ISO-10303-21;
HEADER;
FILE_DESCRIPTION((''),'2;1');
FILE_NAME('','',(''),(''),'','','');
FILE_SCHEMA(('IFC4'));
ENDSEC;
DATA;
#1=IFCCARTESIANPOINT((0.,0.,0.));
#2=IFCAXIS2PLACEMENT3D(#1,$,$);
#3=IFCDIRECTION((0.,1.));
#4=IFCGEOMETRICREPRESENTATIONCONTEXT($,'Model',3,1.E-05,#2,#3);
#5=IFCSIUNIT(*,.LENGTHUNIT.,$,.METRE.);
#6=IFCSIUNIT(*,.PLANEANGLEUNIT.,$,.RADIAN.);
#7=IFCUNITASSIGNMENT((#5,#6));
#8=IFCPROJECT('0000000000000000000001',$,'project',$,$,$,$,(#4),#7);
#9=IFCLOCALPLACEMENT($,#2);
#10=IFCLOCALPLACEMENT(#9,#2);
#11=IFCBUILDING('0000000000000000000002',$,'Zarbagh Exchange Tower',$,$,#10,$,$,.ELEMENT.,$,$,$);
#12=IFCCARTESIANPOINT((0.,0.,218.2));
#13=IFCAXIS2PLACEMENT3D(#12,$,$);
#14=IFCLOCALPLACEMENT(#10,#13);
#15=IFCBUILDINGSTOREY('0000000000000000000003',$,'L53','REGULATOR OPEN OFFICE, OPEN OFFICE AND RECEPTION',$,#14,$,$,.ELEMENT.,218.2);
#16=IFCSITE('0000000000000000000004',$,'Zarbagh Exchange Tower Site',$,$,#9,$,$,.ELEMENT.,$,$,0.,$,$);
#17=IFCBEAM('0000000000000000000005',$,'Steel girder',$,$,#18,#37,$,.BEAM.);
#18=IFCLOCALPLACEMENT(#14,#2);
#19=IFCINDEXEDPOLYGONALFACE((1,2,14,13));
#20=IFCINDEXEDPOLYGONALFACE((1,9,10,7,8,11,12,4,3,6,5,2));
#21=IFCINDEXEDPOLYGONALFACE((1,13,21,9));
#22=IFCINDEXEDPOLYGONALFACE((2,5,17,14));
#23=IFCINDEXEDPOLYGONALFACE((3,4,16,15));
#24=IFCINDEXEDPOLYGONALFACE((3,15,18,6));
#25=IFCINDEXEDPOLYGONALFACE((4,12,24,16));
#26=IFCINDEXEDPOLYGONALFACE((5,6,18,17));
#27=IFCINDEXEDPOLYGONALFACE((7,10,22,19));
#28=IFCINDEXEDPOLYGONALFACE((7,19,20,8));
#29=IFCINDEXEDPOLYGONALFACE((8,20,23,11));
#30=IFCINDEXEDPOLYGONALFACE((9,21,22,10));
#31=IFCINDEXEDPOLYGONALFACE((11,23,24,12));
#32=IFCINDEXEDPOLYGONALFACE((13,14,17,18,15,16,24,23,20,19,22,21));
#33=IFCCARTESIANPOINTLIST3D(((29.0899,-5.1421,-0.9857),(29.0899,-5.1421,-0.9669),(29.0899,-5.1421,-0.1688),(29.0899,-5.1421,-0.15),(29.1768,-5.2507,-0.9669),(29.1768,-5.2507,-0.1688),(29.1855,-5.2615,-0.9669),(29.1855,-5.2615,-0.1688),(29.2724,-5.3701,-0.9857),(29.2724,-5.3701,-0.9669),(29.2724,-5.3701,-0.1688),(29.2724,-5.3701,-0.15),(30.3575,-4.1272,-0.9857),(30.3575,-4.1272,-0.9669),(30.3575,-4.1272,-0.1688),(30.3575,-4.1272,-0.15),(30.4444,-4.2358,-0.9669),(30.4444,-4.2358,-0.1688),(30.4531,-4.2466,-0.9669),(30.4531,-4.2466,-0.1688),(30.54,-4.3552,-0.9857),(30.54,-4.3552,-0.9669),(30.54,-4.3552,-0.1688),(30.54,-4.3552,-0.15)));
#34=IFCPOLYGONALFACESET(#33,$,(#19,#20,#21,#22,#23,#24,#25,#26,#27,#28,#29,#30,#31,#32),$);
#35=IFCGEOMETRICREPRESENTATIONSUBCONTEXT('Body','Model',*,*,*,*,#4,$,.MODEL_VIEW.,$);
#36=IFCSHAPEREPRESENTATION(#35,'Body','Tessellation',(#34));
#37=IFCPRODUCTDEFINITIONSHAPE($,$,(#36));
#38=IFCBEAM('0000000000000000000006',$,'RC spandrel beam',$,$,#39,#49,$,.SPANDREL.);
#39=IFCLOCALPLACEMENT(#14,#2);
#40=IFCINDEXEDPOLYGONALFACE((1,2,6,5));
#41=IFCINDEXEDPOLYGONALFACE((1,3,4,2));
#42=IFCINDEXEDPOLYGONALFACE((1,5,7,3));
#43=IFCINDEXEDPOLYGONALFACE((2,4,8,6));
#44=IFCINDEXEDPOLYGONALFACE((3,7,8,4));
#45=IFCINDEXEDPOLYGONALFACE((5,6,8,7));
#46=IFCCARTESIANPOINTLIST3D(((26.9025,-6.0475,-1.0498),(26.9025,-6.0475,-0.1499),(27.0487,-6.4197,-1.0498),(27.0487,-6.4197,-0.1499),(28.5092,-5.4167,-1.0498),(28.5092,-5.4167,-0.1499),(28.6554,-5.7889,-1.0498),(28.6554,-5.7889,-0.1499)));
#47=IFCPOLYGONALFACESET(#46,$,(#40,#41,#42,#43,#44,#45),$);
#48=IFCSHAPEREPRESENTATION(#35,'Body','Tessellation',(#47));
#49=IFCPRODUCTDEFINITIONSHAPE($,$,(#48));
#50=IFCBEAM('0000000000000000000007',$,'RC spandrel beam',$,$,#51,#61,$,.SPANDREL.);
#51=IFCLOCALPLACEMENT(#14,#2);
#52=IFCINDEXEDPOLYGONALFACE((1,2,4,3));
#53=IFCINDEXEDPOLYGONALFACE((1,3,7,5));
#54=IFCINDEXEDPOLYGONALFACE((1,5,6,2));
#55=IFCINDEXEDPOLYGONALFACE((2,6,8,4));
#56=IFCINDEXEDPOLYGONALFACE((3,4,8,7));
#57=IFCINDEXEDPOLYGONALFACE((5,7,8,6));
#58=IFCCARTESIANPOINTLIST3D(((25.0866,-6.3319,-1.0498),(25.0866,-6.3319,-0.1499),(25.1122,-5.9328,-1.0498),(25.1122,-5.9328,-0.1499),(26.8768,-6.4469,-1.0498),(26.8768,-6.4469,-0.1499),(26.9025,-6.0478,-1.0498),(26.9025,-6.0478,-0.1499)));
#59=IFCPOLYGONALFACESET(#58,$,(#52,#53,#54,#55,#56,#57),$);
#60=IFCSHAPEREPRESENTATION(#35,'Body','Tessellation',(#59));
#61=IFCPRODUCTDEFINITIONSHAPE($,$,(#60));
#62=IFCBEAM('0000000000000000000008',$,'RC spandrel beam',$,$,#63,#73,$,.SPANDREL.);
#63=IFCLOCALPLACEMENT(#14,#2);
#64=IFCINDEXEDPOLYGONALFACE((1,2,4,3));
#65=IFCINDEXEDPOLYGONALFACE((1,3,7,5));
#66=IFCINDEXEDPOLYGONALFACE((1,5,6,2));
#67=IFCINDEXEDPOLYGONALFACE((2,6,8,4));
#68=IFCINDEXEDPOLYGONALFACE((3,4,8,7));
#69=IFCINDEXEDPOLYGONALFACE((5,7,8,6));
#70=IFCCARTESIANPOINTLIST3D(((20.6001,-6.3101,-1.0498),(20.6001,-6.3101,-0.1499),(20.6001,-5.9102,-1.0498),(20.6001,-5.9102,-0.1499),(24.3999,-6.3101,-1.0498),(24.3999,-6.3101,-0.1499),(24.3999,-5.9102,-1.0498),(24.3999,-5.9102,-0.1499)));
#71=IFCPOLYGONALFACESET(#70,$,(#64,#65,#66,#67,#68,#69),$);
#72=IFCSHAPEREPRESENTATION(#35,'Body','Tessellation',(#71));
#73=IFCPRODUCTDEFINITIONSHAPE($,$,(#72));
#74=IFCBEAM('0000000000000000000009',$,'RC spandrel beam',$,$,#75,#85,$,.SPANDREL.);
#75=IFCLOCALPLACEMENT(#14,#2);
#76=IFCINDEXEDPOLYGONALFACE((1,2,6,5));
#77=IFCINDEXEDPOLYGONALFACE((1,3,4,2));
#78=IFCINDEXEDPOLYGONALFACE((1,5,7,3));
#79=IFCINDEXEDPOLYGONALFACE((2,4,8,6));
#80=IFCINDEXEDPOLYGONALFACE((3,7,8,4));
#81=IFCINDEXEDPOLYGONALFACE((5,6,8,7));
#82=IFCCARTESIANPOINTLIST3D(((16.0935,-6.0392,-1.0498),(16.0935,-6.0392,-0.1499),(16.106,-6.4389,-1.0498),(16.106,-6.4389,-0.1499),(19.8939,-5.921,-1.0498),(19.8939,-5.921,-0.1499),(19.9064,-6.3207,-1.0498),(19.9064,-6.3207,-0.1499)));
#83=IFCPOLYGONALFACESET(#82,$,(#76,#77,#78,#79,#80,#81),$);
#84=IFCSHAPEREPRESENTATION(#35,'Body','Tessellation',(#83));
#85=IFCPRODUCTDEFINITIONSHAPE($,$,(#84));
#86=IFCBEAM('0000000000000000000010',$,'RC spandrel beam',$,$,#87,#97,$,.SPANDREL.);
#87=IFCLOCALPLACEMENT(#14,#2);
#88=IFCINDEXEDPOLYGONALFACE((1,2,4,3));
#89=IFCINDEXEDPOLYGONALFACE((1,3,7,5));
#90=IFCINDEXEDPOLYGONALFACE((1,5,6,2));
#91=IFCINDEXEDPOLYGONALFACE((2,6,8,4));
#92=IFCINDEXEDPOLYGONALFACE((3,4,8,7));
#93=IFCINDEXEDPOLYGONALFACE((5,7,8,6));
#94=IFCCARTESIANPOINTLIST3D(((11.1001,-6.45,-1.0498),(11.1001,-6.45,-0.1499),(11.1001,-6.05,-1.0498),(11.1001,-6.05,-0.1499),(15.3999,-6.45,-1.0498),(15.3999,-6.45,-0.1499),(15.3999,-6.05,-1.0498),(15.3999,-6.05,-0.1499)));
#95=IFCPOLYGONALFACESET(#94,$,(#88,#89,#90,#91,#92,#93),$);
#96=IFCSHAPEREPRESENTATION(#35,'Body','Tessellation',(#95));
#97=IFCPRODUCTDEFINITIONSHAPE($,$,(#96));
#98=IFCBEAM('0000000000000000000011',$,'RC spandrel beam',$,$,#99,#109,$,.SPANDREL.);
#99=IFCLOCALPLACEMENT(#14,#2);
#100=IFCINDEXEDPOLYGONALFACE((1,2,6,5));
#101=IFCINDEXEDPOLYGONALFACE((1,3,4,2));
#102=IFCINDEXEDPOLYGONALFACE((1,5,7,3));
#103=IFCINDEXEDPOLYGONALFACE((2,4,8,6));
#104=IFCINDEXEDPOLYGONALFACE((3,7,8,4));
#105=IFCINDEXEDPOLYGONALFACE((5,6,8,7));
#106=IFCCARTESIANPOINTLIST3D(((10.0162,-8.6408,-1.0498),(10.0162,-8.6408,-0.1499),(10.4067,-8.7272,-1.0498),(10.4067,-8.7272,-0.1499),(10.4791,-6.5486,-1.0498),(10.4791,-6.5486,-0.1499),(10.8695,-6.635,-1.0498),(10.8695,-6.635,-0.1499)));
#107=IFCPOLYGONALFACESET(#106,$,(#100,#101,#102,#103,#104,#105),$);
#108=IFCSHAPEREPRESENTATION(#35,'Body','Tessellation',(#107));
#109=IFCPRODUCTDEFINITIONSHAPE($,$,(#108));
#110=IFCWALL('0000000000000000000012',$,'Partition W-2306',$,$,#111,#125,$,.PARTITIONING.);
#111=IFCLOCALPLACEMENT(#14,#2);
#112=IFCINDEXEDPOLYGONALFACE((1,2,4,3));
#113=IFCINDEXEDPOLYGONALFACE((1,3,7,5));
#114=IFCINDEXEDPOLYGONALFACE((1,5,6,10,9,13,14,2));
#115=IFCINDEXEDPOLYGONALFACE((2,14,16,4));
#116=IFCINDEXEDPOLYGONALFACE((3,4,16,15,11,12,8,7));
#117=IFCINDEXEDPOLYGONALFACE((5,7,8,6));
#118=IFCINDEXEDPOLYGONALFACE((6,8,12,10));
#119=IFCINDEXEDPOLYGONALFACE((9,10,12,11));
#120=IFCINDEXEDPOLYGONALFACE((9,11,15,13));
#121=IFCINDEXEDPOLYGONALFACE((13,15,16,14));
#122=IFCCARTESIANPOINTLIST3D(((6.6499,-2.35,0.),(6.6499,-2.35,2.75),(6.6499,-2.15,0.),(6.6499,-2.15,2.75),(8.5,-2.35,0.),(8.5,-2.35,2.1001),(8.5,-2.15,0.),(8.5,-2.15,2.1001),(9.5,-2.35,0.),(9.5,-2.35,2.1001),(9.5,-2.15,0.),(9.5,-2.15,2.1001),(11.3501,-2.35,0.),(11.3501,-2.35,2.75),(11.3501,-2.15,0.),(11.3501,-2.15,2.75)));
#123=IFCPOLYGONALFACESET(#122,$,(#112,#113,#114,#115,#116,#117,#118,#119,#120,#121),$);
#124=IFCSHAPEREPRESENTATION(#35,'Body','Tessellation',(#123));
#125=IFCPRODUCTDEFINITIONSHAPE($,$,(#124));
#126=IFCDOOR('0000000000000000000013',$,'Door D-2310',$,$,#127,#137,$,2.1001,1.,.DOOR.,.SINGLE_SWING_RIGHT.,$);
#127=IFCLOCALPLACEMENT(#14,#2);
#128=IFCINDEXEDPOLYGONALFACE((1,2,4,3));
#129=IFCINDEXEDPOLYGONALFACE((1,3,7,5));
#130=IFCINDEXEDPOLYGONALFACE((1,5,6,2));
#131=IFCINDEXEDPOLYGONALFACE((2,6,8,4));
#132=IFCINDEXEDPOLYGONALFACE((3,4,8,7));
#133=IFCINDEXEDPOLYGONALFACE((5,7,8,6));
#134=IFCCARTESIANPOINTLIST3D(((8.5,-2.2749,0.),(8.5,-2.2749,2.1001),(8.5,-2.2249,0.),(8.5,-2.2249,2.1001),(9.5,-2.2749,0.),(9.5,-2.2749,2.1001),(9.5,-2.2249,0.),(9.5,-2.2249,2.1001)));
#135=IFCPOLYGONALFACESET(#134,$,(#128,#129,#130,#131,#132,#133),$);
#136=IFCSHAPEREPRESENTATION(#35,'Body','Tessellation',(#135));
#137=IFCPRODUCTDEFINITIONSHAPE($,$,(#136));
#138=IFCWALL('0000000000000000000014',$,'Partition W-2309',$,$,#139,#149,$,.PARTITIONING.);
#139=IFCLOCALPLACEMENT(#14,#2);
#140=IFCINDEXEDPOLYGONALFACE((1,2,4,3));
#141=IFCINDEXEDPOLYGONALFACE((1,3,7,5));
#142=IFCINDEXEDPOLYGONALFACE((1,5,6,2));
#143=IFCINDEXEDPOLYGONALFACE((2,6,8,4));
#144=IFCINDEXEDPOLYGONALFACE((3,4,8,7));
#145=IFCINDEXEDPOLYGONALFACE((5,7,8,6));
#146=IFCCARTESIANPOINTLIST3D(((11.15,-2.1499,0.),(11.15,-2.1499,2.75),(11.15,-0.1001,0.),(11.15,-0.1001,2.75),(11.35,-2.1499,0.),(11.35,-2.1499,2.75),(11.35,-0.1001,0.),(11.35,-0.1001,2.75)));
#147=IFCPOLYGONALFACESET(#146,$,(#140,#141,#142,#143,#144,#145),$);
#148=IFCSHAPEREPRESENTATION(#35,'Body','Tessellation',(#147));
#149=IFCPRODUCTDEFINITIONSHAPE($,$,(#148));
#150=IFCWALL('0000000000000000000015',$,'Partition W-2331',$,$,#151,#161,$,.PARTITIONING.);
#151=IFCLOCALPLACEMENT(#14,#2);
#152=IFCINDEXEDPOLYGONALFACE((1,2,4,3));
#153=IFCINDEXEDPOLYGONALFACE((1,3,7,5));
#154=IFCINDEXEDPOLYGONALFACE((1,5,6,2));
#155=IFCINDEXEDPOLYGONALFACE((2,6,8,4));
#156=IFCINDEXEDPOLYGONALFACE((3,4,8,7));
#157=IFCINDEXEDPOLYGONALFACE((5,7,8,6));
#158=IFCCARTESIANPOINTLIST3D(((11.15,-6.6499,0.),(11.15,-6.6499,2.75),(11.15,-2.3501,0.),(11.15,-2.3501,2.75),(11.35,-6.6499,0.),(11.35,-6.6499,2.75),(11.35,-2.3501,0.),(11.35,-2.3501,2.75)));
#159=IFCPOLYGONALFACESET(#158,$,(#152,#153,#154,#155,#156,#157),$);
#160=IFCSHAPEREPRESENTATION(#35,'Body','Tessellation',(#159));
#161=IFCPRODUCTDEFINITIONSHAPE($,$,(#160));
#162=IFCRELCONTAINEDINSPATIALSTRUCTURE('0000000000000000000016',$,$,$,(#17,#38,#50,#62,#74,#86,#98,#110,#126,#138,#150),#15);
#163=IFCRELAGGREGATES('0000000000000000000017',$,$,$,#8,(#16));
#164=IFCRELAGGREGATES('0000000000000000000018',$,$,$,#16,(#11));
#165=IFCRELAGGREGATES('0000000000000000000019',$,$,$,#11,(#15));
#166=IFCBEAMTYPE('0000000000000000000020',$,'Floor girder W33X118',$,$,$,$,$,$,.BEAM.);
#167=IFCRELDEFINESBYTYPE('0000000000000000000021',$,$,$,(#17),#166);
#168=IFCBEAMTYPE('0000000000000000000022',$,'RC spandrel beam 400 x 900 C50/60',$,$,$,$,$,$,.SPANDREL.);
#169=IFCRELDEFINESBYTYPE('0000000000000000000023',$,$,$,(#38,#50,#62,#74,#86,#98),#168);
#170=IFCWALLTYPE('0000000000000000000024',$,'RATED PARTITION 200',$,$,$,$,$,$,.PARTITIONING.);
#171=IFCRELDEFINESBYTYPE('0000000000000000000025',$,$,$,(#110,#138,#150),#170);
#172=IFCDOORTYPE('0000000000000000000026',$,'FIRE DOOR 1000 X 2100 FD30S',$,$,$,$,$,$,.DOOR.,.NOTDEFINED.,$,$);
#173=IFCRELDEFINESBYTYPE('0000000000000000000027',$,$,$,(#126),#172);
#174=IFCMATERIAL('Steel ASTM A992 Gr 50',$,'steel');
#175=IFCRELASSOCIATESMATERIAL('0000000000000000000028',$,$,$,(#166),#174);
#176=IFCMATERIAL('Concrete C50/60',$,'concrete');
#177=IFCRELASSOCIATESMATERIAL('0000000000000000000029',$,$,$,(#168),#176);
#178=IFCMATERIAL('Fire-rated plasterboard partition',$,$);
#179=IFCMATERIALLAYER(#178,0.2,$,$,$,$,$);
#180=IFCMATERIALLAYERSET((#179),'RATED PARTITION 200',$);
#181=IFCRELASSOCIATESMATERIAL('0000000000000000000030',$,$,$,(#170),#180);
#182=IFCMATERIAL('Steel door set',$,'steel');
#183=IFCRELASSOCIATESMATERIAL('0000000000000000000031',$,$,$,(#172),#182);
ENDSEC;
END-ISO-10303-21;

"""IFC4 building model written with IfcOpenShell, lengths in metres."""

from ifc_helpers import new_model, si_unit, direction, frame, frame_2d, origin, origin_2d, place, context, subcontext, project, spatial, rectangle, i_section, extrude, material, layer, layer_set, material_profile, profile_set, type_object, element, fill, save


model = new_model("IFC4")

# Units and contexts
model_context = context("Model", 3, precision=1e-05, world=origin(), true_north=direction((0.0, 1.0)))
body_context = subcontext(model_context, "Body", "Model", "MODEL_VIEW")
ifc_project = project(units=[si_unit("LENGTHUNIT", "METRE"), si_unit("PLANEANGLEUNIT", "RADIAN")], contexts=[model_context])

# Site, building, storey
site_placement = place(None, origin())
site = spatial("IfcSite", under=ifc_project, at=site_placement, Name="Zarbagh Exchange Tower Site", CompositionType="ELEMENT", RefElevation=0.0)
building_placement = place(site_placement, origin())
building = spatial("IfcBuilding", under=site, at=building_placement, Name="Zarbagh Exchange Tower", CompositionType="ELEMENT")
storey_placement = place(building_placement, frame((0.0, 0.0, 218.2)))
storey = spatial("IfcBuildingStorey", under=building, at=storey_placement, Name="L53", Description="REGULATOR OPEN OFFICE, OPEN OFFICE AND RECEPTION", CompositionType="ELEMENT", Elevation=218.2)

# Shared definitions
ifc_material_1 = material(Name="Concrete C50/60", Category="concrete")

# Beams
ifc_material_2 = material(Name="Steel ASTM A992 Gr 50", Category="steel")
ifc_material_profile_1 = material_profile(ifc_material_2, i_section(OverallWidth=0.292, OverallDepth=0.8357, WebThickness=0.0139, FlangeThickness=0.0188, at=origin_2d()), Name="W33X118")
ifc_profile_set_1 = profile_set([ifc_material_profile_1], Name="Steel ASTM A992 Gr 50")
beam_type_1 = type_object("IfcBeamType", Name="Floor girder W33X118", PredefinedType="BEAM", material=ifc_profile_set_1)
beam_1_placement = place(storey_placement, frame((30.4487, -4.2412, -0.5679), z_axis=(-0.780619, -0.625007, 0.0), x_axis=(0.625007, -0.780619, 0.0)))
element("IfcBeam", 1, at=beam_1_placement, inside=storey, type_object=beam_type_1, Name="Steel girder", PredefinedType="BEAM", context=body_context, shape_type="SweptSolid", body=[
    extrude(i_section(OverallWidth=0.292, OverallDepth=0.8357, WebThickness=0.0139, FlangeThickness=0.0188, at=origin_2d()), origin(), (0.0, 0.0, 1.0), 1.6238),
])
ifc_material_profile_2 = material_profile(ifc_material_1, rectangle(XDim=0.3999, YDim=0.8999, at=origin_2d()), Name="RC spandrel beam 400 x 900 C50/60")
ifc_profile_set_2 = profile_set([ifc_material_profile_2], Name="Concrete C50/60")
beam_type_2 = type_object("IfcBeamType", Name="RC spandrel beam 400 x 900 C50/60", PredefinedType="SPANDREL", material=ifc_profile_set_2)
beam_2_placement = place(storey_placement, frame((28.5823, -5.6028, -0.5999), z_axis=(-0.930819, -0.365482, 0.0), x_axis=(0.365482, -0.930819, 0.0)))
element("IfcBeam", 2, at=beam_2_placement, inside=storey, type_object=beam_type_2, Name="RC spandrel beam", PredefinedType="SPANDREL", context=body_context, shape_type="SweptSolid", body=[
    extrude(rectangle(XDim=0.3999, YDim=0.8999, at=origin_2d()), origin(), (0.0, 0.0, 1.0), 1.7261),
])
beam_3_placement = place(storey_placement, frame((26.8896, -6.2473, -0.5999), z_axis=(-0.997944, 0.064098, 0.0), x_axis=(-0.064098, -0.997944, 0.0)))
element("IfcBeam", 3, at=beam_3_placement, inside=storey, type_object=beam_type_2, Name="RC spandrel beam", PredefinedType="SPANDREL", context=body_context, shape_type="SweptSolid", body=[
    extrude(rectangle(XDim=0.3999, YDim=0.8999, at=origin_2d()), origin(), (0.0, 0.0, 1.0), 1.7939),
])
beam_4_placement = place(storey_placement, frame((24.3999, -6.1101, -0.5999), z_axis=(-1.0, 0.0, 0.0), x_axis=(0.0, -1.0, 0.0)))
element("IfcBeam", 4, at=beam_4_placement, inside=storey, type_object=beam_type_2, Name="RC spandrel beam", PredefinedType="SPANDREL", context=body_context, shape_type="SweptSolid", body=[
    extrude(rectangle(XDim=0.3999, YDim=0.8999, at=origin_2d()), origin(), (0.0, 0.0, 1.0), 3.7998),
])
beam_5_placement = place(storey_placement, frame((19.9001, -6.1208, -0.5999), z_axis=(-0.999517, -0.031078, 0.0), x_axis=(0.031078, -0.999517, 0.0)))
element("IfcBeam", 5, at=beam_5_placement, inside=storey, type_object=beam_type_2, Name="RC spandrel beam", PredefinedType="SPANDREL", context=body_context, shape_type="SweptSolid", body=[
    extrude(rectangle(XDim=0.3999, YDim=0.8999, at=origin_2d()), origin(), (0.0, 0.0, 1.0), 3.8022),
])
beam_6_placement = place(storey_placement, frame((15.3999, -6.25, -0.5999), z_axis=(-1.0, 0.0, 0.0), x_axis=(0.0, -1.0, 0.0)))
element("IfcBeam", 6, at=beam_6_placement, inside=storey, type_object=beam_type_2, Name="RC spandrel beam", PredefinedType="SPANDREL", context=body_context, shape_type="SweptSolid", body=[
    extrude(rectangle(XDim=0.3999, YDim=0.8999, at=origin_2d()), origin(), (0.0, 0.0, 1.0), 4.2998),
])
beam_7_placement = place(storey_placement, frame((10.6743, -6.5918, -0.5999), z_axis=(-0.216014, -0.97639, 0.0), x_axis=(0.97639, -0.216014, 0.0)))
element("IfcBeam", 7, at=beam_7_placement, inside=storey, type_object=beam_type_2, Name="RC spandrel beam", PredefinedType="SPANDREL", context=body_context, shape_type="SweptSolid", body=[
    extrude(rectangle(XDim=0.3999, YDim=0.8999, at=origin_2d()), origin(), (0.0, 0.0, 1.0), 2.1428),
])

# Wall, opening, door
ifc_material_3 = material(Name="Fire-rated plasterboard partition")
ifc_layer = layer(ifc_material_3, 0.2)
ifc_layer_set = layer_set([ifc_layer], Name="RATED PARTITION 200")
wall_type = type_object("IfcWallType", Name="RATED PARTITION 200", PredefinedType="PARTITIONING", material=ifc_layer_set)
wall_1_placement = place(storey_placement, frame((11.3501, -2.25, 0.0), z_axis=(0.0, 0.0, 1.0), x_axis=(-1.0, 0.0, 0.0)))
wall_1 = element("IfcWall", 8, at=wall_1_placement, inside=storey, type_object=wall_type, Name="Partition W-2306", PredefinedType="PARTITIONING", context=body_context, shape_type="SweptSolid", body=[
    extrude(rectangle(XDim=4.7002, YDim=0.2, at=frame_2d((2.3501, 0.0))), origin(), (0.0, 0.0, 1.0), 2.75),
])
opening_placement = place(wall_1_placement, frame((1.8501, 0.0, 0.0)))
opening = element("IfcOpeningElement", 9, at=opening_placement, cuts=wall_1, PredefinedType="OPENING", context=body_context, shape_type="SweptSolid", body=[
    extrude(rectangle(XDim=1.0, YDim=2.1001, at=frame_2d((0.5, 1.05))), frame((0.0, 0.1099, 0.0), z_axis=(0.0, -1.0, 0.0), x_axis=(1.0, 0.0, 0.0)), (0.0, 0.0, 1.0), 0.22),
])
ifc_material_4 = material(Name="Steel door set", Category="steel")
door_type = type_object("IfcDoorType", Name="FIRE DOOR 1000 X 2100 FD30S", OperationType="NOTDEFINED", PredefinedType="DOOR", material=ifc_material_4)
door_placement = place(opening_placement, origin())
door = element("IfcDoor", 10, at=door_placement, inside=storey, type_object=door_type, Name="Door D-2310", OperationType="SINGLE_SWING_RIGHT", OverallHeight=2.1001, OverallWidth=1.0, PredefinedType="DOOR", context=body_context, shape_type="SweptSolid", body=[
    extrude(rectangle(XDim=1.0, YDim=2.1001, at=frame_2d((0.5, 1.05))), frame((0.0, 0.0249, 0.0), z_axis=(0.0, -1.0, 0.0), x_axis=(1.0, 0.0, 0.0)), (0.0, 0.0, 1.0), 0.05),
])
fill(opening, door)

# Walls
wall_2_placement = place(storey_placement, frame((11.25, -2.1499, 0.0), z_axis=(0.0, 0.0, 1.0), x_axis=(0.0, 1.0, 0.0)))
element("IfcWall", 11, at=wall_2_placement, inside=storey, type_object=wall_type, Name="Partition W-2309", PredefinedType="PARTITIONING", context=body_context, shape_type="SweptSolid", body=[
    extrude(rectangle(XDim=2.0498, YDim=0.2, at=frame_2d((1.0249, 0.0))), origin(), (0.0, 0.0, 1.0), 2.75),
])
wall_3_placement = place(storey_placement, frame((11.25, -6.6499, 0.0), z_axis=(0.0, 0.0, 1.0), x_axis=(0.0, 1.0, 0.0)))
element("IfcWall", 12, at=wall_3_placement, inside=storey, type_object=wall_type, Name="Partition W-2331", PredefinedType="PARTITIONING", context=body_context, shape_type="SweptSolid", body=[
    extrude(rectangle(XDim=4.2998, YDim=0.2, at=frame_2d((2.1499, 0.0))), origin(), (0.0, 0.0, 1.0), 2.75),
])

save(model, "model.ifc")
